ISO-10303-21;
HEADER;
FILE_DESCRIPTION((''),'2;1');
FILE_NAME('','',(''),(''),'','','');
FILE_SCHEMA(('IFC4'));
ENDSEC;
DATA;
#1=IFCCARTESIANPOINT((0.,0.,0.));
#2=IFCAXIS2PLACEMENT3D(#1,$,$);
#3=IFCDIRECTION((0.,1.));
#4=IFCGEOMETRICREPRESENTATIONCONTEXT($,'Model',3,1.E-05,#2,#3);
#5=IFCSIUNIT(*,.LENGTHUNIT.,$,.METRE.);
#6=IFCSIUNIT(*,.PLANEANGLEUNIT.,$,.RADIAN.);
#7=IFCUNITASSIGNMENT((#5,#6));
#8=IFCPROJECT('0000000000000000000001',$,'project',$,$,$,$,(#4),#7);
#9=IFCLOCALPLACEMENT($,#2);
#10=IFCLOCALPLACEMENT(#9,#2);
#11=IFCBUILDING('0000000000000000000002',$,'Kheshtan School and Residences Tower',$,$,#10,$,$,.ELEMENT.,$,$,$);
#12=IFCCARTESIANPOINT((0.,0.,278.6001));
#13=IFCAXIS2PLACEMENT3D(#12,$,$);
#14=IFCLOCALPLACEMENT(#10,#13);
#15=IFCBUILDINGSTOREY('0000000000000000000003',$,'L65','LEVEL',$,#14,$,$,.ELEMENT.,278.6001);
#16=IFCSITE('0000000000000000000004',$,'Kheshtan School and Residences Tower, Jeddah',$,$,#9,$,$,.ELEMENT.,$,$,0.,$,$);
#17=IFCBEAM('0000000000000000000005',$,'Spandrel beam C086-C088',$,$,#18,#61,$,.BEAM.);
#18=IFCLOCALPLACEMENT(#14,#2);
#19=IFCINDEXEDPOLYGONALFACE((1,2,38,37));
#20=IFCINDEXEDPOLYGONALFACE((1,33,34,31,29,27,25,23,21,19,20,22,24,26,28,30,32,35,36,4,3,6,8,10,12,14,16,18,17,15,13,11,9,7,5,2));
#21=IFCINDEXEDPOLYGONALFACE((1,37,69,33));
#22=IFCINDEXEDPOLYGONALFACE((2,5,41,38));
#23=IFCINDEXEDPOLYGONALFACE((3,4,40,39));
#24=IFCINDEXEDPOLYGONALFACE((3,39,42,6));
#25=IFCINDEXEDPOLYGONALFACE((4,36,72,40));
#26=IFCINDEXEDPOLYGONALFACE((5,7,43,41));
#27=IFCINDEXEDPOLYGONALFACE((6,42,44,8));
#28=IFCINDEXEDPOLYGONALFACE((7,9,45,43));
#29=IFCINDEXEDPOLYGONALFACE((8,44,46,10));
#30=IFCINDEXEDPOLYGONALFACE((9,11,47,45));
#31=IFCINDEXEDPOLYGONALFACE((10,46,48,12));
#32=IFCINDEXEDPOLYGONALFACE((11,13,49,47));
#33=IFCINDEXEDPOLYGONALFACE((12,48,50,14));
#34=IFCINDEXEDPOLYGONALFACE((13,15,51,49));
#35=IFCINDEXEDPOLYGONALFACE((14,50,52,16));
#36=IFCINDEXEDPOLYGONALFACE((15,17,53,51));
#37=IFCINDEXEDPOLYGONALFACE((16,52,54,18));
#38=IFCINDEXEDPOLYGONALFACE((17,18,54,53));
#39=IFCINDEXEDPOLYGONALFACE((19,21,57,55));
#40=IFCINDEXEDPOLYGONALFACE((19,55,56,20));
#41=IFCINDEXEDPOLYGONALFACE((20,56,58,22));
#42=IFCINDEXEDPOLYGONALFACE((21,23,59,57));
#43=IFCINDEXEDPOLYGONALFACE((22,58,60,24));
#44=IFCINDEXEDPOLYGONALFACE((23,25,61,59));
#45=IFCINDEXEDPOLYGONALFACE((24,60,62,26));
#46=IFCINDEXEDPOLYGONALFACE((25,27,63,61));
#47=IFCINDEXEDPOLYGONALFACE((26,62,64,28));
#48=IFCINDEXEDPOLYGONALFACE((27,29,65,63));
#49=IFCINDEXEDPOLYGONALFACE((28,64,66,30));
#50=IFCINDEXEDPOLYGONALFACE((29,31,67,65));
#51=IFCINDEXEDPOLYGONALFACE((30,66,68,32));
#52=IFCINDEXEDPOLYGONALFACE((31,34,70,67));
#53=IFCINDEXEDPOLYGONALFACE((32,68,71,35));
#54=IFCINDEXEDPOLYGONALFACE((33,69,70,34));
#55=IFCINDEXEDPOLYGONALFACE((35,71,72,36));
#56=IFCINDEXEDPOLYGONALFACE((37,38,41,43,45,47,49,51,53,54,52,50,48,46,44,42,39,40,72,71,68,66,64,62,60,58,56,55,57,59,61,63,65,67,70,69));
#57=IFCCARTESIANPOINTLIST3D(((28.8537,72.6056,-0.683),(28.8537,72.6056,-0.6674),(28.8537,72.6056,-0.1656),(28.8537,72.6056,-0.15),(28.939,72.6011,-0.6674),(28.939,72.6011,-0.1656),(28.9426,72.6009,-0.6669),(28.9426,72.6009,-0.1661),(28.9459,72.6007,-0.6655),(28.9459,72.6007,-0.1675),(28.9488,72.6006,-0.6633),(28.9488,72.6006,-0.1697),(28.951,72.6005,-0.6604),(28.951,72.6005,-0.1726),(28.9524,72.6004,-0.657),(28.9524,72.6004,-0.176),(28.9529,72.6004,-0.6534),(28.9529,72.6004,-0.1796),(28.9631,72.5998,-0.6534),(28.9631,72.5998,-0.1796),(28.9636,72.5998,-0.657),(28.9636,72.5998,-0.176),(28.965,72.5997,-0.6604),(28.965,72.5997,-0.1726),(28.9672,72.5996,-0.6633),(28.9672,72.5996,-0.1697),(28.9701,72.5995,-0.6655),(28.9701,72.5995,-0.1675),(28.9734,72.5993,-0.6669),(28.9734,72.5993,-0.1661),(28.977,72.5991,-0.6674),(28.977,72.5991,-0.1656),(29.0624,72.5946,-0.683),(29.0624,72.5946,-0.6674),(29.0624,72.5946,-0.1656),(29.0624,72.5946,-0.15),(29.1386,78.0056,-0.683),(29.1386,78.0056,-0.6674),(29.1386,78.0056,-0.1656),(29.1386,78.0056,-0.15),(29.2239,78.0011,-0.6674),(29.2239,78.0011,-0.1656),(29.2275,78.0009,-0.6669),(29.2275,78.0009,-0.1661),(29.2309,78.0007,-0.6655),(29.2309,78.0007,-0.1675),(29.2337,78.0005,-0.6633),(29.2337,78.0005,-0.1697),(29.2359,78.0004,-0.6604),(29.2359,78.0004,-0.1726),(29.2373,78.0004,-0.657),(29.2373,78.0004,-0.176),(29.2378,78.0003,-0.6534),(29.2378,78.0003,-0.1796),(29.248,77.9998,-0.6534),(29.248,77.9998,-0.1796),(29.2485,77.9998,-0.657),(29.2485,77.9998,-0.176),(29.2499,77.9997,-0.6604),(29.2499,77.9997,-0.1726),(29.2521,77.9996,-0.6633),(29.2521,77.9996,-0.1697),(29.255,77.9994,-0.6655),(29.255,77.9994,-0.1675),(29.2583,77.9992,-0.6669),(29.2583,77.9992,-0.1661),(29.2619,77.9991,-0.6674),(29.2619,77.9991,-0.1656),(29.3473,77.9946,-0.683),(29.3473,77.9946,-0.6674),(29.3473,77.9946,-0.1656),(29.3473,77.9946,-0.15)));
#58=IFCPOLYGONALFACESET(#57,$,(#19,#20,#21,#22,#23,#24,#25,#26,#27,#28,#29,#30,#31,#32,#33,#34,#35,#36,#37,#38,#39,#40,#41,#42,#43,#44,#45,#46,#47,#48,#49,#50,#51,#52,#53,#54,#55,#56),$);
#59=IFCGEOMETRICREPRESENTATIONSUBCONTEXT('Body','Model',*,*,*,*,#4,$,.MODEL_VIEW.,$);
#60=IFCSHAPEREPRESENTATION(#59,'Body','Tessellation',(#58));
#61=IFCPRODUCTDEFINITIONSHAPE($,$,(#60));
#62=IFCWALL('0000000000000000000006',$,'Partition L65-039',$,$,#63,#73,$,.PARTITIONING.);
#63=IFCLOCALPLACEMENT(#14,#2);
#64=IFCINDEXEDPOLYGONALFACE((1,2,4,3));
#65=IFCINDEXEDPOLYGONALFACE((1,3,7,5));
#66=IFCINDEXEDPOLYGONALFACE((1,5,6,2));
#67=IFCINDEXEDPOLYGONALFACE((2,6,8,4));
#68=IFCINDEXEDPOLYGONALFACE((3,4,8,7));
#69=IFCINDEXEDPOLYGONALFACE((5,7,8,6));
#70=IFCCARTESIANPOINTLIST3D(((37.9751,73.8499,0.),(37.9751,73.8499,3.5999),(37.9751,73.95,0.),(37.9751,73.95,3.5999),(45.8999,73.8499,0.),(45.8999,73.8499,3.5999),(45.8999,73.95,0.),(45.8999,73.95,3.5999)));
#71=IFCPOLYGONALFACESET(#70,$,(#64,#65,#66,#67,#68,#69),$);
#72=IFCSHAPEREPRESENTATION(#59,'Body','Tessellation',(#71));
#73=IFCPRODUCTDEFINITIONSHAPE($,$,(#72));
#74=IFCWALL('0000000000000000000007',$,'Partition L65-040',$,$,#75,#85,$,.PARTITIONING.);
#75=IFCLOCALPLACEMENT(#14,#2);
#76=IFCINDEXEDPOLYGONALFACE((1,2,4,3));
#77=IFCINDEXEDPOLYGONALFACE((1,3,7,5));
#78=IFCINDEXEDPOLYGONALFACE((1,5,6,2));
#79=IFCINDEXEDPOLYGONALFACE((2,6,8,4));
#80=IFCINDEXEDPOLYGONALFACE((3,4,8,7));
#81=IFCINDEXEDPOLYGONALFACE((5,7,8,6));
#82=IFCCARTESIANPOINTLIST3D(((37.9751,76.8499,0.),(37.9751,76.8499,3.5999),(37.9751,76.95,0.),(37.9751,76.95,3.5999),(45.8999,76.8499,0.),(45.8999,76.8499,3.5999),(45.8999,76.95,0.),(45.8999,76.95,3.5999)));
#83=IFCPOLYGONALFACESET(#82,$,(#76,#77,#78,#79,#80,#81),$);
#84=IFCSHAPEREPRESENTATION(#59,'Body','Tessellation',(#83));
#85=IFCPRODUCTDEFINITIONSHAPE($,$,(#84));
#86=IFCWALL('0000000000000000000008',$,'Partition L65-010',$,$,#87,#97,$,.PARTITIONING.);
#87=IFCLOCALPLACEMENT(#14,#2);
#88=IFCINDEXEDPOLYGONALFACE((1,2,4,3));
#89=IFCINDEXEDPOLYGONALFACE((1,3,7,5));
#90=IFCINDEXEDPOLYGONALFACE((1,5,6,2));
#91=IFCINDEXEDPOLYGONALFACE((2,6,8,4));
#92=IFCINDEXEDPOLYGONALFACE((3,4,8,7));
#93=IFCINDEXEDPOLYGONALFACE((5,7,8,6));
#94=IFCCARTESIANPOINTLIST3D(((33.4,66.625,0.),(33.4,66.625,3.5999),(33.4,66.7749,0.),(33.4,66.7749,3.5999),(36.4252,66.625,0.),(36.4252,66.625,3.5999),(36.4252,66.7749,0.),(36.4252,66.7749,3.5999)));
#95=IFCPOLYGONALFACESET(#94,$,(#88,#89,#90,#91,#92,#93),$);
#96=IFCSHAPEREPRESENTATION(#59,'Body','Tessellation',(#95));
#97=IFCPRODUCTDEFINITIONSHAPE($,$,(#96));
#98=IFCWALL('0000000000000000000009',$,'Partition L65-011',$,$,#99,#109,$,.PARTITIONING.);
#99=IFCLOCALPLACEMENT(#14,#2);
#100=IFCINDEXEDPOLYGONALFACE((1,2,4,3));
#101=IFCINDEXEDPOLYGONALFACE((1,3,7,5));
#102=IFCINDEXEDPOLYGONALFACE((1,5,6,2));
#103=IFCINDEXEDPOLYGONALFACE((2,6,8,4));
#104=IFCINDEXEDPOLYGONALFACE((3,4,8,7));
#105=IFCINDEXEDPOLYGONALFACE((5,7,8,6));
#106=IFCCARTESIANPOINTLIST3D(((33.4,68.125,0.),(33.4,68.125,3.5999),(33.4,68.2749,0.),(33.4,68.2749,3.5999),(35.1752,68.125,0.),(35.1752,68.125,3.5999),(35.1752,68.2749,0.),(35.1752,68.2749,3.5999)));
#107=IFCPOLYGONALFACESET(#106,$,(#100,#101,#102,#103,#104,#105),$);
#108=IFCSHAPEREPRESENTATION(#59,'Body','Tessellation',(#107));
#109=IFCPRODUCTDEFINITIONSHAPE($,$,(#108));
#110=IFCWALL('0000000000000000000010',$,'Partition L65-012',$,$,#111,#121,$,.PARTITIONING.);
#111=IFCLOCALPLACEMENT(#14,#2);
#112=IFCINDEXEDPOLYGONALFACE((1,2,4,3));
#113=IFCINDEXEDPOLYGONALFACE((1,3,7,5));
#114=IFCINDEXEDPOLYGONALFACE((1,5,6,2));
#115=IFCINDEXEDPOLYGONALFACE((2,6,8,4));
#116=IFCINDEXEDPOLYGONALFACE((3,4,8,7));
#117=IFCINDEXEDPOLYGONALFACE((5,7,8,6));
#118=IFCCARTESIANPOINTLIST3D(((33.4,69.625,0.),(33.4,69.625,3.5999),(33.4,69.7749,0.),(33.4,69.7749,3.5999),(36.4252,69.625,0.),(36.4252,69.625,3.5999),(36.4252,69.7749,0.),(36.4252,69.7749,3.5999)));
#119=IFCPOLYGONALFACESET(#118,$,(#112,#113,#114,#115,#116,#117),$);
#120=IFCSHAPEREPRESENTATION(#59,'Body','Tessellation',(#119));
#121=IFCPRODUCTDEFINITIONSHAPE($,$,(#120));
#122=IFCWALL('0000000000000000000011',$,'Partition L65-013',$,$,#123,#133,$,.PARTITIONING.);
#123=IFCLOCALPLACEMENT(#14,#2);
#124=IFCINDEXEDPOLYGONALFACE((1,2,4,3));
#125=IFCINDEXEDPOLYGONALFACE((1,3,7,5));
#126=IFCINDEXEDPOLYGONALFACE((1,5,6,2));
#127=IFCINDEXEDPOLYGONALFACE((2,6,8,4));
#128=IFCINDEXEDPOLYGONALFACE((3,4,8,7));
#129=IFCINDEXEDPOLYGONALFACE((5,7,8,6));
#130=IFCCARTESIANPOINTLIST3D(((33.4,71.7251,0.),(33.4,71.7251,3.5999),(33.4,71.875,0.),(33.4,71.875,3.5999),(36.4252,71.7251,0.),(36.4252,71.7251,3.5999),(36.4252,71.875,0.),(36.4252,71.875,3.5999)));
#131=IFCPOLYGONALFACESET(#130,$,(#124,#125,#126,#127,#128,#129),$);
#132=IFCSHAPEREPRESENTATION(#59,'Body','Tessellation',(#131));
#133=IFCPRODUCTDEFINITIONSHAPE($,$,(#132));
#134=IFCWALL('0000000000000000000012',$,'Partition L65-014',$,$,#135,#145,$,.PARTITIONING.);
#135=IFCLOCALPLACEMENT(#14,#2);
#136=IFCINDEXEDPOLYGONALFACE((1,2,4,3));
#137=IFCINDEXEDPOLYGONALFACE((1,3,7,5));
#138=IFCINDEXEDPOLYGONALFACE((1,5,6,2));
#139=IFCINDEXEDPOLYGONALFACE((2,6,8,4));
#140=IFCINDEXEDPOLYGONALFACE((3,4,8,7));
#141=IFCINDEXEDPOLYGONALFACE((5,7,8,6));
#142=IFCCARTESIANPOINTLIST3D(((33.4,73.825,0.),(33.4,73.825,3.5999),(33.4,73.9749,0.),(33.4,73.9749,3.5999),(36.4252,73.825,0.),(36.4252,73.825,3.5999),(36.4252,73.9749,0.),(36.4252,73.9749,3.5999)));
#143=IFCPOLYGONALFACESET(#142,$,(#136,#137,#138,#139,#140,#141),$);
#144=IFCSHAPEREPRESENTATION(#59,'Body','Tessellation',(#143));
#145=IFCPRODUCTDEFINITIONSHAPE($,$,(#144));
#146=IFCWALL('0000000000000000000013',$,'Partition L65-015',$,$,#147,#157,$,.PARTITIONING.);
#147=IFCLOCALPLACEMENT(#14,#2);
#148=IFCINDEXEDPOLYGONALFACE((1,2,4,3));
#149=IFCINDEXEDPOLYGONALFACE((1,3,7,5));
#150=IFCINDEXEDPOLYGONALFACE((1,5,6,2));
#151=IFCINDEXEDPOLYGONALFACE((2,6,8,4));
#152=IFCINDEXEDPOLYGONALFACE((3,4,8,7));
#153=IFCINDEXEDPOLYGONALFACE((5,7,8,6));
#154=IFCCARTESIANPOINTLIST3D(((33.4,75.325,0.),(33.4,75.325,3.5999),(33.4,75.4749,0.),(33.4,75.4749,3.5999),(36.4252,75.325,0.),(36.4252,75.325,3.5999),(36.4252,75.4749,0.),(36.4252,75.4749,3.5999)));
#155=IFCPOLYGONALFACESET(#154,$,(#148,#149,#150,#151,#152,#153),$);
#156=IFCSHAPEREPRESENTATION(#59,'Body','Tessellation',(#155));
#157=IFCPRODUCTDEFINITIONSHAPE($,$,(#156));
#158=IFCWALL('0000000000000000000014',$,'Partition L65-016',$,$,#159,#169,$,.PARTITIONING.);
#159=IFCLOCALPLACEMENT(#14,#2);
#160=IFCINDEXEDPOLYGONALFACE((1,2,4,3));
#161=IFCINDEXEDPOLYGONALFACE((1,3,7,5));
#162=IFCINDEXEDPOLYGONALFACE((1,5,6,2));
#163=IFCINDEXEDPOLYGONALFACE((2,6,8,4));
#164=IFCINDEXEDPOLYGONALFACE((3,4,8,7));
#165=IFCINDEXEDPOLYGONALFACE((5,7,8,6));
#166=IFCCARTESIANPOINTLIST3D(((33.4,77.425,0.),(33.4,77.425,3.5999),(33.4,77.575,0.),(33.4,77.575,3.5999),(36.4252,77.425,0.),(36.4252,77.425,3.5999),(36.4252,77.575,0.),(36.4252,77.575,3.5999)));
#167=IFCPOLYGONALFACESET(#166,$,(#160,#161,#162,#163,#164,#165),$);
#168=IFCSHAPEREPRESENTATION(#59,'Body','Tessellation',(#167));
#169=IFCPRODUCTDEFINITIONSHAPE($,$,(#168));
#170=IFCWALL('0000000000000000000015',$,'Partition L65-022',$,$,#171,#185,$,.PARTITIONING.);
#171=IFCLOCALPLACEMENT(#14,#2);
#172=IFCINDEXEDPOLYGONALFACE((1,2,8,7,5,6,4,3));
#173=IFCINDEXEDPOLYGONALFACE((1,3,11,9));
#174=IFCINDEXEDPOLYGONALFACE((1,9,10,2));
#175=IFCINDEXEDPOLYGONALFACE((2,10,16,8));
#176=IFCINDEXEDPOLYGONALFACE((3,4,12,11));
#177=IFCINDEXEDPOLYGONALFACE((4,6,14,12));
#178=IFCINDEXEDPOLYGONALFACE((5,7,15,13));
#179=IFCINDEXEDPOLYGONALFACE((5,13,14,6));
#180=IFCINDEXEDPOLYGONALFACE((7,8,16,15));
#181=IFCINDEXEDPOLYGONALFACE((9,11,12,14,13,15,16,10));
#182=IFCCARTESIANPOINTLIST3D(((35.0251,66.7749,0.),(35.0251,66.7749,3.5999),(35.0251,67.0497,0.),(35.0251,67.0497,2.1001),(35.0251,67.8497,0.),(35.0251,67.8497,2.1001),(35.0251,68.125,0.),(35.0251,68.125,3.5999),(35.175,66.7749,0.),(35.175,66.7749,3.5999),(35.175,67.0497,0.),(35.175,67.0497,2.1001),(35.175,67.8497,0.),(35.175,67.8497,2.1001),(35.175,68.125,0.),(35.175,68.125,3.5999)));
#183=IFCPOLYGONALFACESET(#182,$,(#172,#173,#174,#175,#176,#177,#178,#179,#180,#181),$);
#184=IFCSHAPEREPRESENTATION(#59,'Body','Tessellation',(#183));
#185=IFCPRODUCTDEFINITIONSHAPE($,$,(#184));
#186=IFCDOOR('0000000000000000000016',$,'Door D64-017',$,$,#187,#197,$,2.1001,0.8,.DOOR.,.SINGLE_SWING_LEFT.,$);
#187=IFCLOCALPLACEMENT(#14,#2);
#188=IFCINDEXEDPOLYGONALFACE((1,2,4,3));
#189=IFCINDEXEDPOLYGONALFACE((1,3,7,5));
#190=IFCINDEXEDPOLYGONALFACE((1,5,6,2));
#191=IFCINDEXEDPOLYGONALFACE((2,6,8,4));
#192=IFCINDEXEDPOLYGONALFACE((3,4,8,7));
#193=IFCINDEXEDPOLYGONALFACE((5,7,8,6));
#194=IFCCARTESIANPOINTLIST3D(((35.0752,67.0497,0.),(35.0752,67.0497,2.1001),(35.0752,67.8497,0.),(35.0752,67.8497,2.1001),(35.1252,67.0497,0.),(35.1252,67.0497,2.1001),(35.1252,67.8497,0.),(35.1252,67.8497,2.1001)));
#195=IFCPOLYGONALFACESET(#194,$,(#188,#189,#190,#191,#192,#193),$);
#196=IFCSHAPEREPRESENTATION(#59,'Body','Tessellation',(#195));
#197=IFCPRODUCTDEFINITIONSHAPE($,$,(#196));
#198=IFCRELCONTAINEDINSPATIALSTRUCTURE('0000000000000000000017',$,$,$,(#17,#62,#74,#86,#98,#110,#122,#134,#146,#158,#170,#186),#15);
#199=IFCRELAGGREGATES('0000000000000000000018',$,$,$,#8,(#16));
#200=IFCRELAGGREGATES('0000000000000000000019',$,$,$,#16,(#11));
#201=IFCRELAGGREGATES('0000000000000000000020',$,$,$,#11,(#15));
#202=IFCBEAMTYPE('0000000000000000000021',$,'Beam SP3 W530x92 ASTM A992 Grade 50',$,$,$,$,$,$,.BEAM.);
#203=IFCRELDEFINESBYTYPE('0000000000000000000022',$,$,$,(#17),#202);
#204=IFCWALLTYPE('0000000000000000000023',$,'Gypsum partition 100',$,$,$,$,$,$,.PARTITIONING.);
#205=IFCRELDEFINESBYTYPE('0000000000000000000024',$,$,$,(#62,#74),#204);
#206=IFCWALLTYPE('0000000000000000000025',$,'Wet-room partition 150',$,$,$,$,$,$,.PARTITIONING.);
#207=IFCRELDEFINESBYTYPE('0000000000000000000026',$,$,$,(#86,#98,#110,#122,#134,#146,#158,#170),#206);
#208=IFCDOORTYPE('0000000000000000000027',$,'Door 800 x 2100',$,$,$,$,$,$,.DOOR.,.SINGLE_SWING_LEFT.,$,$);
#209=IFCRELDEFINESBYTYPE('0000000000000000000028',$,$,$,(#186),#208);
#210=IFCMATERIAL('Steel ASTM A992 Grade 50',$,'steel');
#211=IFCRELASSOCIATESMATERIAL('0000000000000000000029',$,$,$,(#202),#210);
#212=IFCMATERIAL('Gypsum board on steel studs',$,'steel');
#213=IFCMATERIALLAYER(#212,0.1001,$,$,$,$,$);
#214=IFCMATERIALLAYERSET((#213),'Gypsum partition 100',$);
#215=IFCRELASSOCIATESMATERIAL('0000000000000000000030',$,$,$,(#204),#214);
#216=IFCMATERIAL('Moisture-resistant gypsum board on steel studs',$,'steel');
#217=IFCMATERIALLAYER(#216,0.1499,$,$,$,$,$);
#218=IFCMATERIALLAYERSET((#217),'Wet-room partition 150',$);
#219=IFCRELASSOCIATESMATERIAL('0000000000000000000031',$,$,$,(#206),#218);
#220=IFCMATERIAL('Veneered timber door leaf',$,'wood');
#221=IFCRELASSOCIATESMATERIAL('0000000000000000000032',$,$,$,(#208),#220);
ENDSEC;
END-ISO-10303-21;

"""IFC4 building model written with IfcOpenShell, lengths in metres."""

from ifc_helpers import new_model, si_unit, direction, frame, frame_2d, origin, origin_2d, place, context, subcontext, project, spatial, rectangle, i_section, extrude, source, transform, mapped, material, layer, layer_set, material_profile, profile_set, type_object, element, fill, save


model = new_model("IFC4")

# Units and contexts
model_context = context("Model", 3, precision=1e-05, world=origin(), true_north=direction((0.0, 1.0)))
body_context = subcontext(model_context, "Body", "Model", "MODEL_VIEW")
ifc_project = project(units=[si_unit("LENGTHUNIT", "METRE"), si_unit("PLANEANGLEUNIT", "RADIAN")], contexts=[model_context])

# Site, building, storey
site_placement = place(None, origin())
site = spatial("IfcSite", under=ifc_project, at=site_placement, Name="Kheshtan School and Residences Tower, Jeddah", CompositionType="ELEMENT", RefElevation=0.0)
building_placement = place(site_placement, origin())
building = spatial("IfcBuilding", under=site, at=building_placement, Name="Kheshtan School and Residences Tower", CompositionType="ELEMENT")
storey_placement = place(building_placement, frame((0.0, 0.0, 278.6001)))
storey = spatial("IfcBuildingStorey", under=building, at=storey_placement, Name="L65", Description="LEVEL", CompositionType="ELEMENT", Elevation=278.6001)

# Shared definitions
ifc_material_1 = material(Name="Steel ASTM A992 Grade 50", Category="steel")

# Beam
ifc_material_profile_1 = material_profile(ifc_material_1, i_section(OverallWidth=0.209, OverallDepth=0.533, WebThickness=0.0103, FlangeThickness=0.0156, FilletRadius=0.0139, at=origin_2d()), Name="W530x92")
ifc_profile_set_1 = profile_set([ifc_material_profile_1], Name="Steel ASTM A992 Grade 50")
beam_type_1 = type_object("IfcBeamType", Name="Beam SP3 W530x92 ASTM A992 Grade 50", PredefinedType="BEAM", material=ifc_profile_set_1)
beam_1_placement = place(storey_placement, frame((28.958, 72.6001, -0.4165), z_axis=(0.052689, 0.998611, 0.0), x_axis=(-0.998611, 0.052689, 0.0)))
element("IfcBeam", 1, at=beam_1_placement, inside=storey, type_object=beam_type_1, Name="Spandrel beam C086-C088", PredefinedType="BEAM", context=body_context, shape_type="SweptSolid", body=[
    extrude(i_section(OverallWidth=0.209, OverallDepth=0.533, WebThickness=0.0103, FlangeThickness=0.0156, FilletRadius=0.0139, at=origin_2d()), origin(), (0.0, 0.0, 1.0), 5.4075),
])

# Walls
ifc_material_2 = material(Name="Gypsum board on steel studs", Category="steel")
ifc_layer_1 = layer(ifc_material_2, 0.1001)
ifc_layer_set_1 = layer_set([ifc_layer_1], Name="Gypsum partition 100")
wall_type_1 = type_object("IfcWallType", Name="Gypsum partition 100", PredefinedType="PARTITIONING", material=ifc_layer_set_1)
for number, where, z_axis, x_axis, name in (
    (2, (37.9751, 73.8999, 0.0), (0.0, 0.0, 1.0), (1.0, 0.0, 0.0), "Partition L65-039"),
    (3, (37.9751, 76.8999, 0.0), (0.0, 0.0, 1.0), (1.0, 0.0, 0.0), "Partition L65-040"),
):
    element("IfcWall", number, at=place(storey_placement, frame(where, z_axis=z_axis, x_axis=x_axis)), inside=storey, type_object=wall_type_1, Name=name, PredefinedType="PARTITIONING", context=body_context, shape_type="SweptSolid", body=[
        extrude(rectangle(XDim=7.9248, YDim=0.1001, at=frame_2d((3.9624, 0.0))), origin(), (0.0, 0.0, 1.0), 3.5999),
    ])
ifc_material_3 = material(Name="Moisture-resistant gypsum board on steel studs", Category="steel")
ifc_layer_2 = layer(ifc_material_3, 0.1499)
ifc_layer_set_2 = layer_set([ifc_layer_2], Name="Wet-room partition 150")
wall_type_2 = type_object("IfcWallType", Name="Wet-room partition 150", PredefinedType="PARTITIONING", material=ifc_layer_set_2)
wall_1_placement = place(storey_placement, frame((33.3999, 66.7, 0.0), z_axis=(0.0, 0.0, 1.0), x_axis=(1.0, 0.0, 0.0)))
element("IfcWall", 4, at=wall_1_placement, inside=storey, type_object=wall_type_2, Name="Partition L65-010", PredefinedType="PARTITIONING", context=body_context, shape_type="SweptSolid", body=[
    extrude(rectangle(XDim=3.0251, YDim=0.1499, at=frame_2d((1.5127, 0.0))), origin(), (0.0, 0.0, 1.0), 3.5999),
])
wall_2_placement = place(storey_placement, frame((33.3999, 68.2, 0.0), z_axis=(0.0, 0.0, 1.0), x_axis=(1.0, 0.0, 0.0)))
element("IfcWall", 5, at=wall_2_placement, inside=storey, type_object=wall_type_2, Name="Partition L65-011", PredefinedType="PARTITIONING", context=body_context, shape_type="SweptSolid", body=[
    extrude(rectangle(XDim=1.7751, YDim=0.1499, at=frame_2d((0.8877, 0.0))), origin(), (0.0, 0.0, 1.0), 3.5999),
])
for number, where, z_axis, x_axis, name in (
    (6, (33.3999, 69.7, 0.0), (0.0, 0.0, 1.0), (1.0, 0.0, 0.0), "Partition L65-012"),
    (7, (33.3999, 71.8, 0.0), (0.0, 0.0, 1.0), (1.0, 0.0, 0.0), "Partition L65-013"),
    (8, (33.3999, 73.8999, 0.0), (0.0, 0.0, 1.0), (1.0, 0.0, 0.0), "Partition L65-014"),
    (9, (33.3999, 75.3999, 0.0), (0.0, 0.0, 1.0), (1.0, 0.0, 0.0), "Partition L65-015"),
    (10, (33.3999, 77.5, 0.0), (0.0, 0.0, 1.0), (1.0, 0.0, 0.0), "Partition L65-016"),
):
    element("IfcWall", number, at=place(storey_placement, frame(where, z_axis=z_axis, x_axis=x_axis)), inside=storey, type_object=wall_type_2, Name=name, PredefinedType="PARTITIONING", context=body_context, shape_type="SweptSolid", body=[
        extrude(rectangle(XDim=3.0251, YDim=0.1499, at=frame_2d((1.5127, 0.0))), origin(), (0.0, 0.0, 1.0), 3.5999),
    ])

# Wall, opening, door
wall_3_placement = place(storey_placement, frame((35.1001, 66.7749, 0.0), z_axis=(0.0, 0.0, 1.0), x_axis=(0.0, 1.0, 0.0)))
wall_3 = element("IfcWall", 11, at=wall_3_placement, inside=storey, type_object=wall_type_2, Name="Partition L65-022", PredefinedType="PARTITIONING", context=body_context, shape_type="SweptSolid", body=[
    extrude(rectangle(XDim=1.3501, YDim=0.1499, at=frame_2d((0.675, 0.0))), origin(), (0.0, 0.0, 1.0), 3.5999),
])
opening_placement = place(wall_3_placement, frame((0.2749, 0.0, 0.0)))
opening = element("IfcOpeningElement", 12, at=opening_placement, cuts=wall_3, PredefinedType="OPENING", context=body_context, shape_type="SweptSolid", body=[
    extrude(rectangle(XDim=0.8, YDim=2.1001, at=frame_2d((0.3999, 1.05))), frame((0.0, 0.085, 0.0), z_axis=(0.0, -1.0, 0.0), x_axis=(1.0, 0.0, 0.0)), (0.0, 0.0, 1.0), 0.1699),
])
ifc_material_4 = material(Name="Veneered timber door leaf", Category="wood")
door_type = type_object("IfcDoorType", Name="Door 800 x 2100", OperationType="SINGLE_SWING_LEFT", PredefinedType="DOOR", material=ifc_material_4)
shared_shape = source(origin(), body_context, "Body", "SweptSolid", [
    extrude(rectangle(XDim=0.8, YDim=2.1001, at=frame_2d((0.3999, 1.05))), frame((0.0, 0.0249, 0.0), z_axis=(0.0, -1.0, 0.0), x_axis=(1.0, 0.0, 0.0)), (0.0, 0.0, 1.0), 0.05),
])
door_placement = place(opening_placement, origin())
door = element("IfcDoor", 13, at=door_placement, inside=storey, type_object=door_type, Name="Door D64-017", OperationType="SINGLE_SWING_LEFT", OverallHeight=2.1001, OverallWidth=0.8, PredefinedType="DOOR", context=body_context, shape_type="MappedRepresentation", body=[
    mapped(shared_shape, transform((0.0, 0.0, 0.0), x_axis=(1.0, 0.0, 0.0), y_axis=(0.0, 1.0, 0.0), z_axis=(0.0, 0.0, 1.0), scale=1.0)),
])
fill(opening, door)

save(model, "model.ifc")
